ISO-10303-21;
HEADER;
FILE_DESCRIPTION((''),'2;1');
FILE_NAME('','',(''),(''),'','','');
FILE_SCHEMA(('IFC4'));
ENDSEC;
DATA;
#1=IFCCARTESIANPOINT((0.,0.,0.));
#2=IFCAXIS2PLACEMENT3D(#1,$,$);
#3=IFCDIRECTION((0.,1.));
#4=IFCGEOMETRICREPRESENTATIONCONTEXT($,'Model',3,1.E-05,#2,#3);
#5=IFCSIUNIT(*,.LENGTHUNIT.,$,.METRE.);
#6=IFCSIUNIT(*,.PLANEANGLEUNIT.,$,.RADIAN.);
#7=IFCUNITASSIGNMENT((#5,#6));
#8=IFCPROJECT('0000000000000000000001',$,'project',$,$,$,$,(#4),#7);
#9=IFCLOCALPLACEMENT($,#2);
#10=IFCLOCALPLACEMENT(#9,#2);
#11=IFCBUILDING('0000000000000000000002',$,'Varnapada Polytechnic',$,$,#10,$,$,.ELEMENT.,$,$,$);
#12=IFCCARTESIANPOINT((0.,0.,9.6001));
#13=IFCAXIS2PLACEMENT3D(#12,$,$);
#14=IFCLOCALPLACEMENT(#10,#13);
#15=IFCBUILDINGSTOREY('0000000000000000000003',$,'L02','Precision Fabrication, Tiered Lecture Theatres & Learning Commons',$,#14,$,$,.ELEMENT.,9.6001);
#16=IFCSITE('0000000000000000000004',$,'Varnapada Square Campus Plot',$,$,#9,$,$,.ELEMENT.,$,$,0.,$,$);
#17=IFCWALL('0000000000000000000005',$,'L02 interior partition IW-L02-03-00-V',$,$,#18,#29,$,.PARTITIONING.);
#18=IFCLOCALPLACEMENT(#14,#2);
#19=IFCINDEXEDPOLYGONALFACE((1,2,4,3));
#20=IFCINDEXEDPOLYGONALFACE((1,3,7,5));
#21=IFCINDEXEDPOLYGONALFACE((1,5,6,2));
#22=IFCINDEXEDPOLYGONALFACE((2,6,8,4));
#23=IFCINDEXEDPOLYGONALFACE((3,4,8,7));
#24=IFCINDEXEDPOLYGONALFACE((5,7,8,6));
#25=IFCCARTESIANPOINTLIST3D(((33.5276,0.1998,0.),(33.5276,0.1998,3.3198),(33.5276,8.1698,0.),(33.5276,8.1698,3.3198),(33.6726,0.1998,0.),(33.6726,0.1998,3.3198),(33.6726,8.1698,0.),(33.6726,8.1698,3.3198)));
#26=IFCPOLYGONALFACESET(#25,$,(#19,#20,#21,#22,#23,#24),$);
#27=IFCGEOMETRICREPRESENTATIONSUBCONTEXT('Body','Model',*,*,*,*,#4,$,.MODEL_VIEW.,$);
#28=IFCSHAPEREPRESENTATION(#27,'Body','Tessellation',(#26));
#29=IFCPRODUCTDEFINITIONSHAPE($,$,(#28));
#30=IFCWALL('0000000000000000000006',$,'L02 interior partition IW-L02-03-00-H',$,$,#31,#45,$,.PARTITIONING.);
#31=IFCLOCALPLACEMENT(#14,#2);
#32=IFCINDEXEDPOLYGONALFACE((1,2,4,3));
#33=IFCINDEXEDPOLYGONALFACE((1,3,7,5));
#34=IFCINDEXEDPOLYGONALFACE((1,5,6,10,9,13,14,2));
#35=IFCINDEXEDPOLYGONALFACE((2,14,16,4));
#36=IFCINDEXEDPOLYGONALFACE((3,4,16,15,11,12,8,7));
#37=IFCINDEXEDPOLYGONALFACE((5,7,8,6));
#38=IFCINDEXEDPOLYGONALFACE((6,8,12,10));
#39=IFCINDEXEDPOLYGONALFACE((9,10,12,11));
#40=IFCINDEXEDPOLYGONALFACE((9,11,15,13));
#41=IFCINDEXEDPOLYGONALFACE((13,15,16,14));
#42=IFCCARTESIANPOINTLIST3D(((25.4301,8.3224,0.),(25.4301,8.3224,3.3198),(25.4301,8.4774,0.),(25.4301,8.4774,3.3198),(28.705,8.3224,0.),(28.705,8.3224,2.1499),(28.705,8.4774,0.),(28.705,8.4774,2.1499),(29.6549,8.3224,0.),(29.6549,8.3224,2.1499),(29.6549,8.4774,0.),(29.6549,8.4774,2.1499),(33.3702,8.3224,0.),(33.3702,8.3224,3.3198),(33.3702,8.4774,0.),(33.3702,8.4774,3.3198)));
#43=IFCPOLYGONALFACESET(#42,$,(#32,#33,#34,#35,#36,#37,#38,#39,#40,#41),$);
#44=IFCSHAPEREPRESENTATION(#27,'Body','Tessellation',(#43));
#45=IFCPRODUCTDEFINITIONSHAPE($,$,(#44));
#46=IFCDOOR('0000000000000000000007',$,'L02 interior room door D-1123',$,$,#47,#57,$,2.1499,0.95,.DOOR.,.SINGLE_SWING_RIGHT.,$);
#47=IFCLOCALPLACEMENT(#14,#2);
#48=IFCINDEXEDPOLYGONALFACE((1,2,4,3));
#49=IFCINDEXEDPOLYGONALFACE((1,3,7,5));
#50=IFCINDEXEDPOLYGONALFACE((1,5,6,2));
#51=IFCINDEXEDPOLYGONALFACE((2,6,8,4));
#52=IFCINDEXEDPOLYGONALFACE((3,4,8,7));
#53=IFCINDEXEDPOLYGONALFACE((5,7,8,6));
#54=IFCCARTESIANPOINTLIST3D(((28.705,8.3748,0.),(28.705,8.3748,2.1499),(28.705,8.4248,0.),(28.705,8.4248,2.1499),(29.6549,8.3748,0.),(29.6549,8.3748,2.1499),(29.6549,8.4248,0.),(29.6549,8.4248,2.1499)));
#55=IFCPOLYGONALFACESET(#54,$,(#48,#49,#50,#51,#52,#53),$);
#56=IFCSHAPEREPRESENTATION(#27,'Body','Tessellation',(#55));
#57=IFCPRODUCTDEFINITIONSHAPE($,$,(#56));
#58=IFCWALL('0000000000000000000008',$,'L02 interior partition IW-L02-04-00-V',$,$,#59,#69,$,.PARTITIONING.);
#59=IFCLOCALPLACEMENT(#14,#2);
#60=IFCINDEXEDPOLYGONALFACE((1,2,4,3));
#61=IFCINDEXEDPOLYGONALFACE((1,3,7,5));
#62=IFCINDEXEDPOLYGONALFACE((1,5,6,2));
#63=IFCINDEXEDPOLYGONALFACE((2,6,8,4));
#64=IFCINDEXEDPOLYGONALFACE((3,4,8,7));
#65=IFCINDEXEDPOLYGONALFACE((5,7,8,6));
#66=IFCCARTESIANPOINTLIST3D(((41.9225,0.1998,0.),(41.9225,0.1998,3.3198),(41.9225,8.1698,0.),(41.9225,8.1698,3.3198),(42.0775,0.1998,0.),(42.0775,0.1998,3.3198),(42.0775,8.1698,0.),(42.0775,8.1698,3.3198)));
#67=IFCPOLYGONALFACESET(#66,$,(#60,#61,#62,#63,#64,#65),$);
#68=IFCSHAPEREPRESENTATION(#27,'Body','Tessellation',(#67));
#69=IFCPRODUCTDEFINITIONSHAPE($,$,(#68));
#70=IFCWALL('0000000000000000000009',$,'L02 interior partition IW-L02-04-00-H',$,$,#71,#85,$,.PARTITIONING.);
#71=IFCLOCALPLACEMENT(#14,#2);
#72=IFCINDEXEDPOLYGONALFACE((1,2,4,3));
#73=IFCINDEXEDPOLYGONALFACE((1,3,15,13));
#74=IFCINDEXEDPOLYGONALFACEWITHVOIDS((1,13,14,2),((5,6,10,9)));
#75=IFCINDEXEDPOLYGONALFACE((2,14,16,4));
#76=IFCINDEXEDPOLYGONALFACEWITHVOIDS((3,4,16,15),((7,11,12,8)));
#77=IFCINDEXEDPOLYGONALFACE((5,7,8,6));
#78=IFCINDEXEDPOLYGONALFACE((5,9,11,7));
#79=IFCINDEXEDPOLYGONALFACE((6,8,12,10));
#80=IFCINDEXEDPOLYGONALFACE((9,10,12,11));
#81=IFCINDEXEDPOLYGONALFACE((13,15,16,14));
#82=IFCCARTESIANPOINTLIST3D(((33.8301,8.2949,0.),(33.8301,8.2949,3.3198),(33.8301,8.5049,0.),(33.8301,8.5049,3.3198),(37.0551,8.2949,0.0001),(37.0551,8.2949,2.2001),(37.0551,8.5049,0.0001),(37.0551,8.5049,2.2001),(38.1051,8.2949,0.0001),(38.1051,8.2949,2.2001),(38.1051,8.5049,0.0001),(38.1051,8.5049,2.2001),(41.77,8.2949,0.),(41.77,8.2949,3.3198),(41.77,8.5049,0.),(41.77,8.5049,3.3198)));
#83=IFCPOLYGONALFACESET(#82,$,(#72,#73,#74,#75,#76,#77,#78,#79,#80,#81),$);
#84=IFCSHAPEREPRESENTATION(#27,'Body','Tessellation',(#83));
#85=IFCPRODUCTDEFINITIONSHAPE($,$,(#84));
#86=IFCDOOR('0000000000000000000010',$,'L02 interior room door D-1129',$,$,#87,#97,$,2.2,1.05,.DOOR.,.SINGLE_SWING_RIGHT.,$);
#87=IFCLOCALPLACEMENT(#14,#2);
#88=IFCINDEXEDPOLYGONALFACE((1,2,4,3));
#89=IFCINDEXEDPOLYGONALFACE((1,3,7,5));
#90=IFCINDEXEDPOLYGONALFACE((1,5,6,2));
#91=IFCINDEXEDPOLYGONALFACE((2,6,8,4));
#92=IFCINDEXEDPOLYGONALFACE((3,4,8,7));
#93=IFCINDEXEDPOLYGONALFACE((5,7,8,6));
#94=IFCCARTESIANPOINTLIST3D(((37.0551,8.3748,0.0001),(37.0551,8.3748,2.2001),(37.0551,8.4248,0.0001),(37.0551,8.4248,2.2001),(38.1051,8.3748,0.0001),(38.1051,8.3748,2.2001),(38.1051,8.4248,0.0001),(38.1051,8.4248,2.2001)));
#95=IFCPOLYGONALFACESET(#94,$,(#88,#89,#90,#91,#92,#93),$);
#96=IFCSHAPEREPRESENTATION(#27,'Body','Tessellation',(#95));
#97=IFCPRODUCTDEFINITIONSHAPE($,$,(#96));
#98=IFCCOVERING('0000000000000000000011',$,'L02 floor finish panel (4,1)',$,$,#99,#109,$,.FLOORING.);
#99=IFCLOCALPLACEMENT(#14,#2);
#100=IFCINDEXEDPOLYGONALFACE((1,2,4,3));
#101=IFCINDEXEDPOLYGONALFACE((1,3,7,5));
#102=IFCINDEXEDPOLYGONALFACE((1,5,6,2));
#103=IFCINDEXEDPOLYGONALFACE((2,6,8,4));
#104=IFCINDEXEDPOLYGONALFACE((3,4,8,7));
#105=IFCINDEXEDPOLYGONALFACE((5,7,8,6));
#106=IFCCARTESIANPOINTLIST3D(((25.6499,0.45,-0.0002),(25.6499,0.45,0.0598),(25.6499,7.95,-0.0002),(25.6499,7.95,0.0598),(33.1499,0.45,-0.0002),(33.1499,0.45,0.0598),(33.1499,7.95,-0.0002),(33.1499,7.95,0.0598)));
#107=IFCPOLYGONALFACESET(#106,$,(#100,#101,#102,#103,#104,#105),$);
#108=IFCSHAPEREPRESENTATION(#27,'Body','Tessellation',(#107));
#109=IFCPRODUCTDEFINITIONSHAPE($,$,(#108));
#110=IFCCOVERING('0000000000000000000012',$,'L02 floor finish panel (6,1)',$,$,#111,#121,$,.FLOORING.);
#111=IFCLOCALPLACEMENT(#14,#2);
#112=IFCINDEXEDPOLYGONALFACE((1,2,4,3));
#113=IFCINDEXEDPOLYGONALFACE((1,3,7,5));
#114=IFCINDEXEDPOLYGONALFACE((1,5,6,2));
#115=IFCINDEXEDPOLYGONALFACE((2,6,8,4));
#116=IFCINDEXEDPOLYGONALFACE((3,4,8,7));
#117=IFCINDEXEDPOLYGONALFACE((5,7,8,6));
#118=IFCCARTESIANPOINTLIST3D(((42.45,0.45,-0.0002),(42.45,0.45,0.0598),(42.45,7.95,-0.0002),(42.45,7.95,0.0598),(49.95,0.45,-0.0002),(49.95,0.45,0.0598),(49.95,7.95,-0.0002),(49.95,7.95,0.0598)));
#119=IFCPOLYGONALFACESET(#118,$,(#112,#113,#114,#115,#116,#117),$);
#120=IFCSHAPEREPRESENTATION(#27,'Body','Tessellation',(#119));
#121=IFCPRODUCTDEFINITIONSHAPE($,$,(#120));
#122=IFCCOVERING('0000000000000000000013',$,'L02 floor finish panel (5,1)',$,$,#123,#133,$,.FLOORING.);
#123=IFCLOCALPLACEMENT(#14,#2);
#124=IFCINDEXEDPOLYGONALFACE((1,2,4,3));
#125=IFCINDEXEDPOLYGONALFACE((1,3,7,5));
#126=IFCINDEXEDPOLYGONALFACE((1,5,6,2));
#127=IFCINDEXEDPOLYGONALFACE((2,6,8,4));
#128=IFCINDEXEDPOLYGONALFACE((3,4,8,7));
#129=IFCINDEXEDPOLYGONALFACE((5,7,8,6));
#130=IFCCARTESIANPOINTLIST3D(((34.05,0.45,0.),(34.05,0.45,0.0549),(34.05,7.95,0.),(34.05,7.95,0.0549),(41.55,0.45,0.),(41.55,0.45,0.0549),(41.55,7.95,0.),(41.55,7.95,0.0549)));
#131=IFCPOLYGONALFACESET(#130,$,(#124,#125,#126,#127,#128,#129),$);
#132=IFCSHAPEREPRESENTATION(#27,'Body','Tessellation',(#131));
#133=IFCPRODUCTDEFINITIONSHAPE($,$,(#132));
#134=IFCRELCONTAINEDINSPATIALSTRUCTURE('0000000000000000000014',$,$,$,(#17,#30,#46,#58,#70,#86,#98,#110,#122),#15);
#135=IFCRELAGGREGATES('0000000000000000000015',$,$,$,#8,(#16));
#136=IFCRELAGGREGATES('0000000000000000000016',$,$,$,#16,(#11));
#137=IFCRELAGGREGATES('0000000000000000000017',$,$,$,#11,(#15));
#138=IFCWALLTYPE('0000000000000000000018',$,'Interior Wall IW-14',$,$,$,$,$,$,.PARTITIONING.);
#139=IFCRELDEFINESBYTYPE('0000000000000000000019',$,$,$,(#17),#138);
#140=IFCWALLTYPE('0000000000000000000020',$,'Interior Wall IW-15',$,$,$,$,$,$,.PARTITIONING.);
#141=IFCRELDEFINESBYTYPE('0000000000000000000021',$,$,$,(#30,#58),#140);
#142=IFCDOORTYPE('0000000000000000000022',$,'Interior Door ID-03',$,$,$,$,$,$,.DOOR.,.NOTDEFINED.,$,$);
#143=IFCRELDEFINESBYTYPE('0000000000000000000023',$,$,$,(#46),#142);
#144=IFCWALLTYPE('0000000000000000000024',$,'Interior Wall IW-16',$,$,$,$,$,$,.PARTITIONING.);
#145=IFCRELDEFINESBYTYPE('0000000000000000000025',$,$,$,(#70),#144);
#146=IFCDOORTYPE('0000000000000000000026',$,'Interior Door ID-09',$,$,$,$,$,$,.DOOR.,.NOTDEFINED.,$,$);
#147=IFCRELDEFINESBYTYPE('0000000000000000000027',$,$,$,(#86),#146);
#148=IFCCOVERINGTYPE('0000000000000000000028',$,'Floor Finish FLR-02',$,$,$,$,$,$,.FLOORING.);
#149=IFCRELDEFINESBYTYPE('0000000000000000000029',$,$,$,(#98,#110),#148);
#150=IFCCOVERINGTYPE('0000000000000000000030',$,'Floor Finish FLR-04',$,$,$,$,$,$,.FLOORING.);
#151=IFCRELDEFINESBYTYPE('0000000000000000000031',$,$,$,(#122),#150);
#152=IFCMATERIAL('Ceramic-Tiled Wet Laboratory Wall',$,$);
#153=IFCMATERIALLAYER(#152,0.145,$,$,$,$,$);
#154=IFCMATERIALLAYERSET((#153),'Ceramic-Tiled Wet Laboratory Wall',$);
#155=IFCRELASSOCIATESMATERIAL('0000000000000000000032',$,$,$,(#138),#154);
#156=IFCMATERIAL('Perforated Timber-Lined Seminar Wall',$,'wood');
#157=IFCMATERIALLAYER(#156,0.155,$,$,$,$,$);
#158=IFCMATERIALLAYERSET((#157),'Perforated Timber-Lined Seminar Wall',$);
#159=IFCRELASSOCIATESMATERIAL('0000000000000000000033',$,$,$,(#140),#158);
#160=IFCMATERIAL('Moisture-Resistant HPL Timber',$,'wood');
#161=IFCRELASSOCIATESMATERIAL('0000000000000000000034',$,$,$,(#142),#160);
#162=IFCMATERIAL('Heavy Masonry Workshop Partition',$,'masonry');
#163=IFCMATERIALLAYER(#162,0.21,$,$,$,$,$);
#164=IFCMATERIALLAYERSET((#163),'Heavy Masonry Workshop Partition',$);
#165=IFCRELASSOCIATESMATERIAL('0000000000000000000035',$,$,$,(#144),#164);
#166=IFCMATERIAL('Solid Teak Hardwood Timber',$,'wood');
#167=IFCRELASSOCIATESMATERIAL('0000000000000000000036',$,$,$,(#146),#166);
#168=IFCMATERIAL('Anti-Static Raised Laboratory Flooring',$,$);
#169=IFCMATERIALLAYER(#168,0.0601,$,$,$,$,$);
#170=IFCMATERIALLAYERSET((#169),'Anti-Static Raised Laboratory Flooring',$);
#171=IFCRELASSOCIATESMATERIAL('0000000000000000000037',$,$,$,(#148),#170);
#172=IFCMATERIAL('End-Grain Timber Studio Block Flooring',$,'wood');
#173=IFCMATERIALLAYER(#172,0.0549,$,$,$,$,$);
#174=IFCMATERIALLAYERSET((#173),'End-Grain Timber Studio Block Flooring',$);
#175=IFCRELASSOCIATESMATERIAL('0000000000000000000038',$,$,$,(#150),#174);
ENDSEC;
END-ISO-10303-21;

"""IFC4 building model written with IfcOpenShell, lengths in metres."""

from ifc_helpers import new_model, si_unit, direction, frame, frame_2d, origin, origin_2d, place, context, subcontext, project, spatial, rectangle, extrude, material, layer, layer_set, type_object, element, fill, save


model = new_model("IFC4")

# Units and contexts
model_context = context("Model", 3, precision=1e-05, world=origin(), true_north=direction((0.0, 1.0)))
body_context = subcontext(model_context, "Body", "Model", "MODEL_VIEW")
ifc_project = project(units=[si_unit("LENGTHUNIT", "METRE"), si_unit("PLANEANGLEUNIT", "RADIAN")], contexts=[model_context])

# Site, building, storey
site_placement = place(None, origin())
site = spatial("IfcSite", under=ifc_project, at=site_placement, Name="Varnapada Square Campus Plot", CompositionType="ELEMENT", RefElevation=0.0)
building_placement = place(site_placement, origin())
building = spatial("IfcBuilding", under=site, at=building_placement, Name="Varnapada Polytechnic", CompositionType="ELEMENT")
storey_placement = place(building_placement, frame((0.0, 0.0, 9.6001)))
storey = spatial("IfcBuildingStorey", under=building, at=storey_placement, Name="L02", Description="Precision Fabrication, Tiered Lecture Theatres & Learning Commons", CompositionType="ELEMENT", Elevation=9.6001)

# Wall
ifc_material_1 = material(Name="Ceramic-Tiled Wet Laboratory Wall")
ifc_layer_1 = layer(ifc_material_1, 0.145)
ifc_layer_set_1 = layer_set([ifc_layer_1], Name="Ceramic-Tiled Wet Laboratory Wall")
wall_type_1 = type_object("IfcWallType", Name="Interior Wall IW-14", PredefinedType="PARTITIONING", material=ifc_layer_set_1)
wall_1_placement = place(storey_placement, frame((33.6001, 0.2, 0.0), z_axis=(0.0, 0.0, 1.0), x_axis=(0.0, 1.0, 0.0)))
element("IfcWall", 1, at=wall_1_placement, inside=storey, type_object=wall_type_1, Name="L02 interior partition IW-L02-03-00-V", PredefinedType="PARTITIONING", context=body_context, shape_type="SweptSolid", body=[
    extrude(rectangle(XDim=7.97, YDim=0.145, at=frame_2d((3.9849, 0.0))), origin(), (0.0, 0.0, 1.0), 3.3198),
])

# Wall, opening, door
ifc_material_2 = material(Name="Perforated Timber-Lined Seminar Wall", Category="wood")
ifc_layer_2 = layer(ifc_material_2, 0.155)
ifc_layer_set_2 = layer_set([ifc_layer_2], Name="Perforated Timber-Lined Seminar Wall")
wall_type_2 = type_object("IfcWallType", Name="Interior Wall IW-15", PredefinedType="PARTITIONING", material=ifc_layer_set_2)
wall_2_placement = place(storey_placement, frame((25.4299, 8.3999, 0.0), z_axis=(0.0, 0.0, 1.0), x_axis=(1.0, 0.0, 0.0)))
wall_2 = element("IfcWall", 2, at=wall_2_placement, inside=storey, type_object=wall_type_2, Name="L02 interior partition IW-L02-03-00-H", PredefinedType="PARTITIONING", context=body_context, shape_type="SweptSolid", body=[
    extrude(rectangle(XDim=7.9402, YDim=0.155, at=frame_2d((3.9702, 0.0))), origin(), (0.0, 0.0, 1.0), 3.3198),
])
opening_1_placement = place(wall_2_placement, frame((3.2749, 0.0, 0.0)))
opening_1 = element("IfcOpeningElement", 3, at=opening_1_placement, cuts=wall_2, PredefinedType="OPENING", context=body_context, shape_type="SweptSolid", body=[
    extrude(rectangle(XDim=0.95, YDim=2.1499, at=frame_2d((0.4751, 1.075))), frame((0.0, 0.0874, 0.0), z_axis=(0.0, -1.0, 0.0), x_axis=(1.0, 0.0, 0.0)), (0.0, 0.0, 1.0), 0.175),
])
ifc_material_3 = material(Name="Moisture-Resistant HPL Timber", Category="wood")
door_type_1 = type_object("IfcDoorType", Name="Interior Door ID-03", OperationType="NOTDEFINED", PredefinedType="DOOR", material=ifc_material_3)
door_1_placement = place(opening_1_placement, origin())
door_1 = element("IfcDoor", 4, at=door_1_placement, inside=storey, type_object=door_type_1, Name="L02 interior room door D-1123", OperationType="SINGLE_SWING_RIGHT", OverallHeight=2.1499, OverallWidth=0.95, PredefinedType="DOOR", context=body_context, shape_type="SweptSolid", body=[
    extrude(rectangle(XDim=0.95, YDim=2.1499, at=frame_2d((0.4751, 1.075))), frame((0.0, 0.0249, 0.0), z_axis=(0.0, -1.0, 0.0), x_axis=(1.0, 0.0, 0.0)), (0.0, 0.0, 1.0), 0.05),
])
fill(opening_1, door_1)

# Wall
wall_3_placement = place(storey_placement, frame((42.0, 0.2, 0.0), z_axis=(0.0, 0.0, 1.0), x_axis=(0.0, 1.0, 0.0)))
element("IfcWall", 5, at=wall_3_placement, inside=storey, type_object=wall_type_2, Name="L02 interior partition IW-L02-04-00-V", PredefinedType="PARTITIONING", context=body_context, shape_type="SweptSolid", body=[
    extrude(rectangle(XDim=7.97, YDim=0.155, at=frame_2d((3.9849, 0.0))), origin(), (0.0, 0.0, 1.0), 3.3198),
])

# Wall, opening, door
ifc_material_4 = material(Name="Heavy Masonry Workshop Partition", Category="masonry")
ifc_layer_3 = layer(ifc_material_4, 0.21)
ifc_layer_set_3 = layer_set([ifc_layer_3], Name="Heavy Masonry Workshop Partition")
wall_type_3 = type_object("IfcWallType", Name="Interior Wall IW-16", PredefinedType="PARTITIONING", material=ifc_layer_set_3)
wall_4_placement = place(storey_placement, frame((33.8301, 8.3999, 0.0), z_axis=(0.0, 0.0, 1.0), x_axis=(1.0, 0.0, 0.0)))
wall_4 = element("IfcWall", 6, at=wall_4_placement, inside=storey, type_object=wall_type_3, Name="L02 interior partition IW-L02-04-00-H", PredefinedType="PARTITIONING", context=body_context, shape_type="SweptSolid", body=[
    extrude(rectangle(XDim=7.9399, YDim=0.21, at=frame_2d((3.97, 0.0))), origin(), (0.0, 0.0, 1.0), 3.3198),
])
opening_2_placement = place(wall_4_placement, frame((3.2251, 0.0, 0.0)))
opening_2 = element("IfcOpeningElement", 7, at=opening_2_placement, cuts=wall_4, PredefinedType="OPENING", context=body_context, shape_type="SweptSolid", body=[
    extrude(rectangle(XDim=1.05, YDim=2.2, at=frame_2d((0.5249, 1.1001))), frame((0.0, 0.115, 0.0), z_axis=(0.0, -1.0, 0.0), x_axis=(1.0, 0.0, 0.0)), (0.0, 0.0, 1.0), 0.23),
])
ifc_material_5 = material(Name="Solid Teak Hardwood Timber", Category="wood")
door_type_2 = type_object("IfcDoorType", Name="Interior Door ID-09", OperationType="NOTDEFINED", PredefinedType="DOOR", material=ifc_material_5)
door_2_placement = place(opening_2_placement, origin())
door_2 = element("IfcDoor", 8, at=door_2_placement, inside=storey, type_object=door_type_2, Name="L02 interior room door D-1129", OperationType="SINGLE_SWING_RIGHT", OverallHeight=2.2, OverallWidth=1.05, PredefinedType="DOOR", context=body_context, shape_type="SweptSolid", body=[
    extrude(rectangle(XDim=1.05, YDim=2.2, at=frame_2d((0.5249, 1.1001))), frame((0.0, 0.0249, 0.0), z_axis=(0.0, -1.0, 0.0), x_axis=(1.0, 0.0, 0.0)), (0.0, 0.0, 1.0), 0.05),
])
fill(opening_2, door_2)

# Coverings
ifc_material_6 = material(Name="Anti-Static Raised Laboratory Flooring")
ifc_layer_4 = layer(ifc_material_6, 0.0601)
ifc_layer_set_4 = layer_set([ifc_layer_4], Name="Anti-Static Raised Laboratory Flooring")
covering_type_1 = type_object("IfcCoveringType", Name="Floor Finish FLR-02", PredefinedType="FLOORING", material=ifc_layer_set_4)
for number, where, z_axis, x_axis, name in (
    (9, (29.3999, 4.2, -0.0002), (0.0, 0.0, 1.0), (1.0, 0.0, 0.0), "L02 floor finish panel (4,1)"),
    (10, (46.2, 4.2, -0.0002), (0.0, 0.0, 1.0), (1.0, 0.0, 0.0), "L02 floor finish panel (6,1)"),
):
    element("IfcCovering", number, at=place(storey_placement, frame(where, z_axis=z_axis, x_axis=x_axis)), inside=storey, type_object=covering_type_1, Name=name, PredefinedType="FLOORING", context=body_context, shape_type="SweptSolid", body=[
        extrude(rectangle(XDim=7.5, YDim=7.5, at=origin_2d()), origin(), (0.0, 0.0, 1.0), 0.0601),
    ])
ifc_material_7 = material(Name="End-Grain Timber Studio Block Flooring", Category="wood")
ifc_layer_5 = layer(ifc_material_7, 0.0549)
ifc_layer_set_5 = layer_set([ifc_layer_5], Name="End-Grain Timber Studio Block Flooring")
covering_type_2 = type_object("IfcCoveringType", Name="Floor Finish FLR-04", PredefinedType="FLOORING", material=ifc_layer_set_5)
covering_placement = place(storey_placement, frame((37.8, 4.2, 0.0), z_axis=(0.0, 0.0, 1.0), x_axis=(1.0, 0.0, 0.0)))
element("IfcCovering", 11, at=covering_placement, inside=storey, type_object=covering_type_2, Name="L02 floor finish panel (5,1)", PredefinedType="FLOORING", context=body_context, shape_type="SweptSolid", body=[
    extrude(rectangle(XDim=7.5, YDim=7.5, at=origin_2d()), origin(), (0.0, 0.0, 1.0), 0.0549),
])

save(model, "model.ifc")
